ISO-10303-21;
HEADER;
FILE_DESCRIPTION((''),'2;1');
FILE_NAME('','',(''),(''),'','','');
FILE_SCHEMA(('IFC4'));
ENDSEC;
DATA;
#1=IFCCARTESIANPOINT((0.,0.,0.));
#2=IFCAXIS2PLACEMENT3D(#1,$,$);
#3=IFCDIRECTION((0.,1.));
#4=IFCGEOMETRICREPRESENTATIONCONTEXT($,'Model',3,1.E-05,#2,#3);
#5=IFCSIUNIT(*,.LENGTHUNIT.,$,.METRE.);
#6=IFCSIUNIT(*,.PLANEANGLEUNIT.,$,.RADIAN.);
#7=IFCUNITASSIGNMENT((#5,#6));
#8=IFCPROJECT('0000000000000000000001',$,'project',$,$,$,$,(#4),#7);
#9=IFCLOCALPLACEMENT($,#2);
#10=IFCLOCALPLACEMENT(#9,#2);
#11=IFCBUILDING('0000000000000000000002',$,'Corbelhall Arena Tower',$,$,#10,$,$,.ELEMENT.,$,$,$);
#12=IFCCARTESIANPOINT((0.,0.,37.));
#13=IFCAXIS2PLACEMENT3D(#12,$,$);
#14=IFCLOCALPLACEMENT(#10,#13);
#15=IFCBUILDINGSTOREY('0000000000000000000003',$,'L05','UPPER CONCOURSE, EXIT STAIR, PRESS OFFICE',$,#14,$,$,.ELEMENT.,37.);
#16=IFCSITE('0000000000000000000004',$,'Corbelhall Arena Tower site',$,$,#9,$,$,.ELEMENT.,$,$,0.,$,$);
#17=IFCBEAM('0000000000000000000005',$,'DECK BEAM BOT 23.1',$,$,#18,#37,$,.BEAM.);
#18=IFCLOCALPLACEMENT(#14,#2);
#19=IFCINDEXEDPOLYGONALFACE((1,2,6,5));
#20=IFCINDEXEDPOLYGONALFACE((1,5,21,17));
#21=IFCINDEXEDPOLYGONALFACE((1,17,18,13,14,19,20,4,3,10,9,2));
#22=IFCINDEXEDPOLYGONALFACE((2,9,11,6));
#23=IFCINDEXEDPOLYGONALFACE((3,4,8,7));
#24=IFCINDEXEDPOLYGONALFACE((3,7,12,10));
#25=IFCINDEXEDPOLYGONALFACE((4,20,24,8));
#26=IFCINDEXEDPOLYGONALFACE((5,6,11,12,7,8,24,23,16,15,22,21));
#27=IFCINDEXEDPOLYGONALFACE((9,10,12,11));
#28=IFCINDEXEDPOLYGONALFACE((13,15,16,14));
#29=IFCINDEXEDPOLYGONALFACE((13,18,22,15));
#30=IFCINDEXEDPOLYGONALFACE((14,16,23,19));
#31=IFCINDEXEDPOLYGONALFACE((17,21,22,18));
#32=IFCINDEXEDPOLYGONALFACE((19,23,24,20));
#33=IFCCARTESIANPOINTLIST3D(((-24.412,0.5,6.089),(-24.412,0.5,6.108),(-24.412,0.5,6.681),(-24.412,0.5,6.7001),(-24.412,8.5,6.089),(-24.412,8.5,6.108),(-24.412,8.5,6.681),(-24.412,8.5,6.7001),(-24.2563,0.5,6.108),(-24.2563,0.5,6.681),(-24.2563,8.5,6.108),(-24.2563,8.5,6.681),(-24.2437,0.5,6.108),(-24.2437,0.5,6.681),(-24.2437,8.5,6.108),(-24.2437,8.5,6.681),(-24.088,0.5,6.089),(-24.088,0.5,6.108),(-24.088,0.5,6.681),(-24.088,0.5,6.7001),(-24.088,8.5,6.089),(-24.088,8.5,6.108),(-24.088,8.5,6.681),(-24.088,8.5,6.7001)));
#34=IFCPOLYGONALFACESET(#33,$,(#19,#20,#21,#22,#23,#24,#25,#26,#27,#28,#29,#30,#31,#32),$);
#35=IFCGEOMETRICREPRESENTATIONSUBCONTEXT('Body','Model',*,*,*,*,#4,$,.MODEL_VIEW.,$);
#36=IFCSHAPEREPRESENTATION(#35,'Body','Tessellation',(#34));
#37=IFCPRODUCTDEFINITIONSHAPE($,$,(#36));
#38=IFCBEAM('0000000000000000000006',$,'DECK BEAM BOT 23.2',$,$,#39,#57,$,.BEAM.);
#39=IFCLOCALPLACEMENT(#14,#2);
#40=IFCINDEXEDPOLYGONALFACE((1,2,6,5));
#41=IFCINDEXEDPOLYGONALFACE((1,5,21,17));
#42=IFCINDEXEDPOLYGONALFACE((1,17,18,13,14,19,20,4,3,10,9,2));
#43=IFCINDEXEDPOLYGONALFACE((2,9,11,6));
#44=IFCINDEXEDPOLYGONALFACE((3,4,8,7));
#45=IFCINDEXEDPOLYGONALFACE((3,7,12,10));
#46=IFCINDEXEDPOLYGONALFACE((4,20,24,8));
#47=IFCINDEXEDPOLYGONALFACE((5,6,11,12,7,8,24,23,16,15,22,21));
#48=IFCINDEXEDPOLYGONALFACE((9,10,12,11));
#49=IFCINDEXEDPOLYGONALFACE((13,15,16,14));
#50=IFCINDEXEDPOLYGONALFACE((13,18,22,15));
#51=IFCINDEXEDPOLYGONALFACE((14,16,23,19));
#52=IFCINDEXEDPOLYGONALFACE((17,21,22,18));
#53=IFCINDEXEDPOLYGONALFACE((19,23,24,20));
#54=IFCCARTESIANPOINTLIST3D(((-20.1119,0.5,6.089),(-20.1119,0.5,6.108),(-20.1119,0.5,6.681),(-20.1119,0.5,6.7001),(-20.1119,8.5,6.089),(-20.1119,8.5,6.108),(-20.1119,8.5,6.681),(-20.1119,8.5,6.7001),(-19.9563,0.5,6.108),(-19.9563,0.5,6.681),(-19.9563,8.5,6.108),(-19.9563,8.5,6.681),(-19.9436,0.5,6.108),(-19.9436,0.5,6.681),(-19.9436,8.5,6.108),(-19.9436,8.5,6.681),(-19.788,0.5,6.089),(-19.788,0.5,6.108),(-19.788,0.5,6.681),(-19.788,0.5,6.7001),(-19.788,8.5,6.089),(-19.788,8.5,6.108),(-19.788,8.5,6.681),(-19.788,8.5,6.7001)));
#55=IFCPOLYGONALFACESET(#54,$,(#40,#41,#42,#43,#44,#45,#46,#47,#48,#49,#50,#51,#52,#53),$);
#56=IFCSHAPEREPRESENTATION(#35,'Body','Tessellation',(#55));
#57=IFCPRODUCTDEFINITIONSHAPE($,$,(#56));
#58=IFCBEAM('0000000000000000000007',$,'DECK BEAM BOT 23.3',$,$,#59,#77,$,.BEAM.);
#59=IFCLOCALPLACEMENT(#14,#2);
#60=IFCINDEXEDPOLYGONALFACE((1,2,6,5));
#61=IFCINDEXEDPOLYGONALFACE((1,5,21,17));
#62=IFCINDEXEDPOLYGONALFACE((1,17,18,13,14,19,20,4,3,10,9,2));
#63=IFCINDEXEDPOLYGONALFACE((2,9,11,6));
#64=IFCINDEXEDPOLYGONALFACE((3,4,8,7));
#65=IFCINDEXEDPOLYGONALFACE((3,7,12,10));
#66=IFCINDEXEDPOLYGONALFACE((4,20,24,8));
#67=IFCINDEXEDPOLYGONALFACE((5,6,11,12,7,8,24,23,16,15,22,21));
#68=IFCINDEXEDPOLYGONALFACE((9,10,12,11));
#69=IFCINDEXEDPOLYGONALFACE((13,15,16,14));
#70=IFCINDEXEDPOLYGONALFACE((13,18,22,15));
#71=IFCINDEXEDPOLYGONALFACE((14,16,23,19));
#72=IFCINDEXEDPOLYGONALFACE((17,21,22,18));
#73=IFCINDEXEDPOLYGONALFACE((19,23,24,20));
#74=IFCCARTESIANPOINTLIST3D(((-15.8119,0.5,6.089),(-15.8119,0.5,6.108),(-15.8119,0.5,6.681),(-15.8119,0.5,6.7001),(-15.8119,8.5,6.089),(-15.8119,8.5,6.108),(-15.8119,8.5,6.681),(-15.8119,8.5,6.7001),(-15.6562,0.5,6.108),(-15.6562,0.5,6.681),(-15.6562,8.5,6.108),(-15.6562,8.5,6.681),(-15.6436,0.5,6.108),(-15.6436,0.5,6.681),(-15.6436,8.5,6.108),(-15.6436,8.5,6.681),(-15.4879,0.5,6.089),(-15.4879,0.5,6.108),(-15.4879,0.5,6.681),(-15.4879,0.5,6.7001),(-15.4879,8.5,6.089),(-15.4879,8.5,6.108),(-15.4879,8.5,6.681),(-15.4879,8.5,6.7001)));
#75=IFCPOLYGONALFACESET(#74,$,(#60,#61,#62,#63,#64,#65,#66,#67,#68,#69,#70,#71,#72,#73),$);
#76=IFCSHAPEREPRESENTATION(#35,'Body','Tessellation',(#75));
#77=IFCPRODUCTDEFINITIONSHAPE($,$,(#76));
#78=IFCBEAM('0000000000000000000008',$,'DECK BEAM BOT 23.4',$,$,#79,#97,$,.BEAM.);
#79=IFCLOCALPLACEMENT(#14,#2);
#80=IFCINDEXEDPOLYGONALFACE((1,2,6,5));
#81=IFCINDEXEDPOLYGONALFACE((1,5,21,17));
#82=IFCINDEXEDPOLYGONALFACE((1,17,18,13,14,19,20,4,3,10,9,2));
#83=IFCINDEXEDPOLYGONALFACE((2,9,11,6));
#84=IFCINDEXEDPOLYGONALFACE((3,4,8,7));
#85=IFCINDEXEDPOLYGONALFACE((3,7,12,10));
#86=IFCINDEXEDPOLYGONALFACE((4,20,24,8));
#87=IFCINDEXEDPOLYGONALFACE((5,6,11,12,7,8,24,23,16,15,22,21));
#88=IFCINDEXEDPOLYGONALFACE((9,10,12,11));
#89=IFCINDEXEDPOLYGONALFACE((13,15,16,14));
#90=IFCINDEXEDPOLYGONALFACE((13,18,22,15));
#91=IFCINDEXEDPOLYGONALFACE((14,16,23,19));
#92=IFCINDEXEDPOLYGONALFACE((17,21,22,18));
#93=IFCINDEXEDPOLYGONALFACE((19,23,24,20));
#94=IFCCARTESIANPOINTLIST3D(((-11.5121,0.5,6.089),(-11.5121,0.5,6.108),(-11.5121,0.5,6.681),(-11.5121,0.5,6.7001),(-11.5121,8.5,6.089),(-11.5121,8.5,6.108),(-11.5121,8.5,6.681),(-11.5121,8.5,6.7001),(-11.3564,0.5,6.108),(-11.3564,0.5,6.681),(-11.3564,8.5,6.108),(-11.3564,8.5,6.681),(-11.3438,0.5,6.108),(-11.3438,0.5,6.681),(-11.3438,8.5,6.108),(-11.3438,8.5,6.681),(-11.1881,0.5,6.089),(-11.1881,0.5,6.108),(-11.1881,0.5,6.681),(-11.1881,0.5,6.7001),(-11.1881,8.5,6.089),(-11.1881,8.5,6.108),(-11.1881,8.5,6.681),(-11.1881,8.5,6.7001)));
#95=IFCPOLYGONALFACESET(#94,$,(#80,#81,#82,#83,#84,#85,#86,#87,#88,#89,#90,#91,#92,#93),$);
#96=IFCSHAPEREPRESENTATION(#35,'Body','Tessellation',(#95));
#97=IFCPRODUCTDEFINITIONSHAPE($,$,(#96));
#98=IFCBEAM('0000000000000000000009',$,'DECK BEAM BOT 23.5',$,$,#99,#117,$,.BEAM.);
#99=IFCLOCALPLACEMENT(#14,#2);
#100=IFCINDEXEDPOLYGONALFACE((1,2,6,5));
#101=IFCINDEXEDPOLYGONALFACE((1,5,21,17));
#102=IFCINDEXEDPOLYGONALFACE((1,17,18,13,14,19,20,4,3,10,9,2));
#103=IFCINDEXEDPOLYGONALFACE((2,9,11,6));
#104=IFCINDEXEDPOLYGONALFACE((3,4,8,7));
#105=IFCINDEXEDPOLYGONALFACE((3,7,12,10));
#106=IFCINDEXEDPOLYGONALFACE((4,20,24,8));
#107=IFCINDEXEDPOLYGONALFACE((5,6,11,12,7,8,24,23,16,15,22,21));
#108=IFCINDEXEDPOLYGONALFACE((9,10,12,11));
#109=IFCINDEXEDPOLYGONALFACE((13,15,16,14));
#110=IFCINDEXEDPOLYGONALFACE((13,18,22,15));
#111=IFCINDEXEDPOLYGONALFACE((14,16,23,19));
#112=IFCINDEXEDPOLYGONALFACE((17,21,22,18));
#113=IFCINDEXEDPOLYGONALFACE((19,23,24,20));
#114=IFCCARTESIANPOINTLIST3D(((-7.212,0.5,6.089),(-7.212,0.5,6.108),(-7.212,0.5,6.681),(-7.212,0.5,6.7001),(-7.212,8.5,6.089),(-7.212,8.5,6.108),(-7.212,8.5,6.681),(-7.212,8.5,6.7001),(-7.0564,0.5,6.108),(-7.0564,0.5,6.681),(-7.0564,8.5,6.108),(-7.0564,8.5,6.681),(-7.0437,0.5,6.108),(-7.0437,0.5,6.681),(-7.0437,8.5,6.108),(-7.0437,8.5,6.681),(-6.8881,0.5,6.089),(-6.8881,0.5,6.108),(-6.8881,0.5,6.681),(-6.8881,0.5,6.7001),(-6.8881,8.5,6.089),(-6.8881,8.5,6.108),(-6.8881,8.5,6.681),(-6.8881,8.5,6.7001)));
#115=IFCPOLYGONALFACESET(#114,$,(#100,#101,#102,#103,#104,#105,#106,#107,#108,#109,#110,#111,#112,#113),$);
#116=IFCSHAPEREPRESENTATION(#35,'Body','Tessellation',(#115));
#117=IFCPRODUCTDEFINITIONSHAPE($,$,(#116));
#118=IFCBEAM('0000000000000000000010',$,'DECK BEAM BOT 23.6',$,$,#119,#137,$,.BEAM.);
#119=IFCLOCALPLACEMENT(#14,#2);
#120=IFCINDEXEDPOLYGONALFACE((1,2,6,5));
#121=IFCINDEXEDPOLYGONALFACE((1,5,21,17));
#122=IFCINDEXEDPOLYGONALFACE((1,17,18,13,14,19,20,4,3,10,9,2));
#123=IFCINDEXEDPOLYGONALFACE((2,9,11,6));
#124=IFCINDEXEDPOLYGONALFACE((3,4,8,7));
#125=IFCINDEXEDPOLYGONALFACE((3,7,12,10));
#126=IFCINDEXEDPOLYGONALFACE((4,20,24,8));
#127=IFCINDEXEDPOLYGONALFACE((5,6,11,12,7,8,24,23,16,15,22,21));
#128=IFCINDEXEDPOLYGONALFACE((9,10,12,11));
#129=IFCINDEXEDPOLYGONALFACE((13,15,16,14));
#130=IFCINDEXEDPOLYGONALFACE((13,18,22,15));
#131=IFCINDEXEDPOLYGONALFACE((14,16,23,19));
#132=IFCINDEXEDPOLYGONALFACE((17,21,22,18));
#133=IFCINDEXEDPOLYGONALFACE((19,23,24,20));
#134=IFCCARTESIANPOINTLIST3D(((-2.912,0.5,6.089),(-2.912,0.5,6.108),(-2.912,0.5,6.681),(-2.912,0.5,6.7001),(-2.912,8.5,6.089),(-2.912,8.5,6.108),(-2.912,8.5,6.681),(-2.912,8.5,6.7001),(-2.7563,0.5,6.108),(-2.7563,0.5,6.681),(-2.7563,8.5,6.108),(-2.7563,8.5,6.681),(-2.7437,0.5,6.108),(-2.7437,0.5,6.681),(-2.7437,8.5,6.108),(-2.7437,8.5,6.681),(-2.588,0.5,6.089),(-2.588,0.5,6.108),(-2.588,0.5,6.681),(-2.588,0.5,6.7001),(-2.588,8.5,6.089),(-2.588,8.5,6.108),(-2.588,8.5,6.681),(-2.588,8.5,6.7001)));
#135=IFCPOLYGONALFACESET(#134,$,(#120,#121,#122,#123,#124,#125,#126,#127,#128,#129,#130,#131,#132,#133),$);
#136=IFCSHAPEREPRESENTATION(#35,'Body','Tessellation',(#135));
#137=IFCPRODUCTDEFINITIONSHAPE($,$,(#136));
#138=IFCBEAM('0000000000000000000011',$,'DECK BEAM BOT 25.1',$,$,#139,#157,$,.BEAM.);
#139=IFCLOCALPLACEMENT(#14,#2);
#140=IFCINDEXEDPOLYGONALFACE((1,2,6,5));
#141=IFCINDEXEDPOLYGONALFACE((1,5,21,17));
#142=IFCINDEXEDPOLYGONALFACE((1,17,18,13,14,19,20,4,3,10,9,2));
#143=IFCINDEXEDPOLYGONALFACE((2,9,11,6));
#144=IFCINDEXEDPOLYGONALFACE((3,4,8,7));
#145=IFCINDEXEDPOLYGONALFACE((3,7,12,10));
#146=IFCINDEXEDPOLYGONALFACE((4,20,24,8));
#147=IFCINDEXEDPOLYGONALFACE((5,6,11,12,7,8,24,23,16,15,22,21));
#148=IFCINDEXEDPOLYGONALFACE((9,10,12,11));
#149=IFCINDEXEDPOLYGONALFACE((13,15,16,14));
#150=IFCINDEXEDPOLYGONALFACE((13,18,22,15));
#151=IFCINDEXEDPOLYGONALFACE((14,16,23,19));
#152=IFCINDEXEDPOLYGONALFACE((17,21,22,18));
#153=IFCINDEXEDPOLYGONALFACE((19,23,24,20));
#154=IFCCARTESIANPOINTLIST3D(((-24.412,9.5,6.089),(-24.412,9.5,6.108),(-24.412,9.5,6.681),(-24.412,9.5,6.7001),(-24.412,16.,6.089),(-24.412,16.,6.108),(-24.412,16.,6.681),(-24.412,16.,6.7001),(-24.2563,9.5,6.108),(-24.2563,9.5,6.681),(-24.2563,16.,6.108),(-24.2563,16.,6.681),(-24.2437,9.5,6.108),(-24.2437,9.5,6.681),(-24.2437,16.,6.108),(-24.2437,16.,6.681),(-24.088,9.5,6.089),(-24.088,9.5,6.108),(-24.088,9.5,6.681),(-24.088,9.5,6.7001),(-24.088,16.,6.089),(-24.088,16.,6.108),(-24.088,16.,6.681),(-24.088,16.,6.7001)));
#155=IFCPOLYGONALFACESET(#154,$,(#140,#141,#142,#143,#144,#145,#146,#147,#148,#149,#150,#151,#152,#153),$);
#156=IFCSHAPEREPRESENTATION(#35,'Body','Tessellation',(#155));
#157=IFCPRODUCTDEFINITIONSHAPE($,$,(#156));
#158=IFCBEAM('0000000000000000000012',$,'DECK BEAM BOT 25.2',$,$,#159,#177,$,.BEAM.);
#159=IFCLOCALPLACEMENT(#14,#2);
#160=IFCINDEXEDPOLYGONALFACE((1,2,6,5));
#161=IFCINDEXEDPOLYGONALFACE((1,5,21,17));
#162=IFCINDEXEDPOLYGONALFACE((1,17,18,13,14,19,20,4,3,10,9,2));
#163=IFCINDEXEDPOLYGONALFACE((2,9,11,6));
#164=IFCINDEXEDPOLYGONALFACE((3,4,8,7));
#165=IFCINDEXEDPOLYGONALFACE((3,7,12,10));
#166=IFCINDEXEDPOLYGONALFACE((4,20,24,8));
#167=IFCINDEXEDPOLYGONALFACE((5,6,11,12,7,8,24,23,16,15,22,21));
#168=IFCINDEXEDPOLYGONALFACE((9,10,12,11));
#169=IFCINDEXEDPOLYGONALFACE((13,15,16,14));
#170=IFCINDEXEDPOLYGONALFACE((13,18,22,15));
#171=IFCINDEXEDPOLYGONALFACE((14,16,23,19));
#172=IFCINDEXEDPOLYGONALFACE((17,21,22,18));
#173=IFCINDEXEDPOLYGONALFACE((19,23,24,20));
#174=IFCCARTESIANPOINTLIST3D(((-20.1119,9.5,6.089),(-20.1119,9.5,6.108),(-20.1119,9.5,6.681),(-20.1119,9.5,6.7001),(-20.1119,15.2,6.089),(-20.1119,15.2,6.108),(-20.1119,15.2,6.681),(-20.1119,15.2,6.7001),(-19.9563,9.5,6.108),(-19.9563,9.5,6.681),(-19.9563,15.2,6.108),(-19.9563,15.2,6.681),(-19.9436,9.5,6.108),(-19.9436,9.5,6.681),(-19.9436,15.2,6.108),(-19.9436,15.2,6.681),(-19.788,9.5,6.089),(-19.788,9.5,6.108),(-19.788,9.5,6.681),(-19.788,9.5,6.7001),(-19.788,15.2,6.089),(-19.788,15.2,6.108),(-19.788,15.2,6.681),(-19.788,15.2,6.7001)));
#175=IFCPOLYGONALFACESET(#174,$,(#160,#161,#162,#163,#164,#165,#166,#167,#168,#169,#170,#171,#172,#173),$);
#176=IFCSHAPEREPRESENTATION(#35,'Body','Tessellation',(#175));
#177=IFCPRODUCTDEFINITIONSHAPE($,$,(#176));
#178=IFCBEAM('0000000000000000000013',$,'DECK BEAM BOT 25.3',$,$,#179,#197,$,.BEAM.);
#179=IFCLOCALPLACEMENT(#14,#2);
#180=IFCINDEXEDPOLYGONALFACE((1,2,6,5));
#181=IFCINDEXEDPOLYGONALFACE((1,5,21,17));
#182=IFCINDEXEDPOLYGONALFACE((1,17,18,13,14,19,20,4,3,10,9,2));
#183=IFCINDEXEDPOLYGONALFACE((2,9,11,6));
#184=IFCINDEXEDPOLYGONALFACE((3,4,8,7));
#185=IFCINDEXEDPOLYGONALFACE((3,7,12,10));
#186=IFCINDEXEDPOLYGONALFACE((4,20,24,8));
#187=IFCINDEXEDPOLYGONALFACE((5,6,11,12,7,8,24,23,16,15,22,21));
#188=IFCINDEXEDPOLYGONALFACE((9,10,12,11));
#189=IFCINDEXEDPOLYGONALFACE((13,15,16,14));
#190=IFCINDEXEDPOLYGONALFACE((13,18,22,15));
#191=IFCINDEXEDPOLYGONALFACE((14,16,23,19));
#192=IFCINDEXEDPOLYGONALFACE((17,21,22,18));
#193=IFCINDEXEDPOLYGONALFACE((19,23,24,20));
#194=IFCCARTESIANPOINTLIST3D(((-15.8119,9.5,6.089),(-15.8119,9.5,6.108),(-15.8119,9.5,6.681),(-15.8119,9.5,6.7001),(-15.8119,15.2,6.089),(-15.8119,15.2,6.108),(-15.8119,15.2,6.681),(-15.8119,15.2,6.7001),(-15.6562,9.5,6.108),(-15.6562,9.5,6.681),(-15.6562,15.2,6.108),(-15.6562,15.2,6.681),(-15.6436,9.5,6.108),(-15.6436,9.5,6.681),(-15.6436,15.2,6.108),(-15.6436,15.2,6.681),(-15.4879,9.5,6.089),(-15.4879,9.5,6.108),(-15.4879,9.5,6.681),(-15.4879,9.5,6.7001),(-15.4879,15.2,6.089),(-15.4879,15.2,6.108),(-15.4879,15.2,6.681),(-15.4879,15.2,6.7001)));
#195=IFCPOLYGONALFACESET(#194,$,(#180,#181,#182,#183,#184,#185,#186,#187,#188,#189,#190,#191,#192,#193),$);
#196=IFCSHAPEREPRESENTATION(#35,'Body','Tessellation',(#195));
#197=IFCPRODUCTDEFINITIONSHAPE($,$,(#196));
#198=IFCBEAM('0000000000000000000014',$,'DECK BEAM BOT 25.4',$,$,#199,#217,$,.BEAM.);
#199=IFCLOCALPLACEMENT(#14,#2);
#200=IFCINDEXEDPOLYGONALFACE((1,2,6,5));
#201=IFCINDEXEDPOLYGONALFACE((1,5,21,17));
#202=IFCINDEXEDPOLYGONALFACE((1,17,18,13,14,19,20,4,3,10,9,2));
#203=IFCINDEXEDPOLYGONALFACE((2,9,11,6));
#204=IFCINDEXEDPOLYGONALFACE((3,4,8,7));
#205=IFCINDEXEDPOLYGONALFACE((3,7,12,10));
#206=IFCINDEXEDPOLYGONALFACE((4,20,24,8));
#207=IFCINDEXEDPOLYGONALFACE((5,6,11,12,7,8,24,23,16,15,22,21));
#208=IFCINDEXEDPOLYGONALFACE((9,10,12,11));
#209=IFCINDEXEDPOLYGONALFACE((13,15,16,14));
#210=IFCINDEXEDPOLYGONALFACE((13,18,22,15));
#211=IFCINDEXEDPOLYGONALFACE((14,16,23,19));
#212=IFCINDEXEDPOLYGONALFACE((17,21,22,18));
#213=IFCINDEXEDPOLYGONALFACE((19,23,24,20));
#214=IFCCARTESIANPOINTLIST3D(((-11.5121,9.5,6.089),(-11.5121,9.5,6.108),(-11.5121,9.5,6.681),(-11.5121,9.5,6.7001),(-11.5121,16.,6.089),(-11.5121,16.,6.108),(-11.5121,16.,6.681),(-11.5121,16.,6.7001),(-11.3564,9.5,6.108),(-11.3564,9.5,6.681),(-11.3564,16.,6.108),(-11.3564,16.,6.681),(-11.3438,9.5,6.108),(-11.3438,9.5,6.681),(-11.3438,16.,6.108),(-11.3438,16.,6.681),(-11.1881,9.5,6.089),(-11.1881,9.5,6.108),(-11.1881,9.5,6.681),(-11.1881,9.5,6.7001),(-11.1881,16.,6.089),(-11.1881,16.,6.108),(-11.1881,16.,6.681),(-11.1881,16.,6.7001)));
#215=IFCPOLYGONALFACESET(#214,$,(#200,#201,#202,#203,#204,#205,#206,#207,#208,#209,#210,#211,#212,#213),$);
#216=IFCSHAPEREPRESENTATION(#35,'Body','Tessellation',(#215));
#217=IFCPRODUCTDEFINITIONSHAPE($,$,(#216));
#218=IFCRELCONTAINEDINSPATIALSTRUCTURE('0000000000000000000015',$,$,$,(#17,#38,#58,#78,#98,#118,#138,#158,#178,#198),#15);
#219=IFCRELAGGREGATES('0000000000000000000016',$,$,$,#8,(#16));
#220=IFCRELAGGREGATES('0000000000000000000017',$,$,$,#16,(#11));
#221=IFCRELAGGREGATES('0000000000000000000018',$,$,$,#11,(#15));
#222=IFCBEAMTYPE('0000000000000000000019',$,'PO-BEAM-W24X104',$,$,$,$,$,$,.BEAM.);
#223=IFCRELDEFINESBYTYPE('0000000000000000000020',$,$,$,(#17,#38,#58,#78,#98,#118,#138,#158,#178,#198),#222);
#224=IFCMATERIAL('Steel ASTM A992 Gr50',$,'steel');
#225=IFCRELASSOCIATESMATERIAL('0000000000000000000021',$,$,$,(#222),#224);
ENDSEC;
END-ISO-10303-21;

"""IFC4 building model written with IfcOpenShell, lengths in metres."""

from ifc_helpers import new_model, si_unit, direction, frame, origin, origin_2d, place, context, subcontext, project, spatial, i_section, extrude, material, material_profile, profile_set, type_object, element, save


model = new_model("IFC4")

# Units and contexts
model_context = context("Model", 3, precision=1e-05, world=origin(), true_north=direction((0.0, 1.0)))
body_context = subcontext(model_context, "Body", "Model", "MODEL_VIEW")
ifc_project = project(units=[si_unit("LENGTHUNIT", "METRE"), si_unit("PLANEANGLEUNIT", "RADIAN")], contexts=[model_context])

# Site, building, storey
site_placement = place(None, origin())
site = spatial("IfcSite", under=ifc_project, at=site_placement, Name="Corbelhall Arena Tower site", CompositionType="ELEMENT", RefElevation=0.0)
building_placement = place(site_placement, origin())
building = spatial("IfcBuilding", under=site, at=building_placement, Name="Corbelhall Arena Tower", CompositionType="ELEMENT")
storey_placement = place(building_placement, frame((0.0, 0.0, 37.0)))
storey = spatial("IfcBuildingStorey", under=building, at=storey_placement, Name="L05", Description="UPPER CONCOURSE, EXIT STAIR, PRESS OFFICE", CompositionType="ELEMENT", Elevation=37.0)

# Beams
ifc_material_1 = material(Name="Steel ASTM A992 Gr50", Category="steel")
ifc_material_profile_1 = material_profile(ifc_material_1, i_section(OverallWidth=0.324, OverallDepth=0.6111, WebThickness=0.0127, FlangeThickness=0.019, at=origin_2d()))
ifc_profile_set_1 = profile_set([ifc_material_profile_1], Name="Steel ASTM A992 Gr50")
beam_type = type_object("IfcBeamType", Name="PO-BEAM-W24X104", PredefinedType="BEAM", material=ifc_profile_set_1)
for number, where, z_axis, x_axis, name in (
    (1, (-24.25, 0.5, 6.3945), (0.0, 1.0, 0.0), (-1.0, 0.0, 0.0), "DECK BEAM BOT 23.1"),
    (2, (-19.95, 0.5, 6.3945), (0.0, 1.0, 0.0), (-1.0, 0.0, 0.0), "DECK BEAM BOT 23.2"),
    (3, (-15.6499, 0.5, 6.3945), (0.0, 1.0, 0.0), (-1.0, 0.0, 0.0), "DECK BEAM BOT 23.3"),
    (4, (-11.3501, 0.5, 6.3945), (0.0, 1.0, 0.0), (-1.0, 0.0, 0.0), "DECK BEAM BOT 23.4"),
    (5, (-7.05, 0.5, 6.3945), (0.0, 1.0, 0.0), (-1.0, 0.0, 0.0), "DECK BEAM BOT 23.5"),
    (6, (-2.75, 0.5, 6.3945), (0.0, 1.0, 0.0), (-1.0, 0.0, 0.0), "DECK BEAM BOT 23.6"),
):
    element("IfcBeam", number, at=place(storey_placement, frame(where, z_axis=z_axis, x_axis=x_axis)), inside=storey, type_object=beam_type, Name=name, PredefinedType="BEAM", context=body_context, shape_type="SweptSolid", body=[
        extrude(i_section(OverallWidth=0.324, OverallDepth=0.6111, WebThickness=0.0127, FlangeThickness=0.019, at=origin_2d()), origin(), (0.0, 0.0, 1.0), 8.0),
    ])
beam_placement = place(storey_placement, frame((-24.25, 9.5, 6.3945), z_axis=(0.0, 1.0, 0.0), x_axis=(-1.0, 0.0, 0.0)))
element("IfcBeam", 7, at=beam_placement, inside=storey, type_object=beam_type, Name="DECK BEAM BOT 25.1", PredefinedType="BEAM", context=body_context, shape_type="SweptSolid", body=[
    extrude(i_section(OverallWidth=0.324, OverallDepth=0.6111, WebThickness=0.0127, FlangeThickness=0.019, at=origin_2d()), origin(), (0.0, 0.0, 1.0), 6.5),
])
for number, where, z_axis, x_axis, name in (
    (8, (-19.95, 9.5, 6.3945), (0.0, 1.0, 0.0), (-1.0, 0.0, 0.0), "DECK BEAM BOT 25.2"),
    (9, (-15.6499, 9.5, 6.3945), (0.0, 1.0, 0.0), (-1.0, 0.0, 0.0), "DECK BEAM BOT 25.3"),
):
    element("IfcBeam", number, at=place(storey_placement, frame(where, z_axis=z_axis, x_axis=x_axis)), inside=storey, type_object=beam_type, Name=name, PredefinedType="BEAM", context=body_context, shape_type="SweptSolid", body=[
        extrude(i_section(OverallWidth=0.324, OverallDepth=0.6111, WebThickness=0.0127, FlangeThickness=0.019, at=origin_2d()), origin(), (0.0, 0.0, 1.0), 5.7),
    ])
for number, where, z_axis, x_axis, name in (
    (10, (-11.3501, 9.5, 6.3945), (0.0, 1.0, 0.0), (-1.0, 0.0, 0.0), "DECK BEAM BOT 25.4"),
):
    element("IfcBeam", number, at=place(storey_placement, frame(where, z_axis=z_axis, x_axis=x_axis)), inside=storey, type_object=beam_type, Name=name, PredefinedType="BEAM", context=body_context, shape_type="SweptSolid", body=[
        extrude(i_section(OverallWidth=0.324, OverallDepth=0.6111, WebThickness=0.0127, FlangeThickness=0.019, at=origin_2d()), origin(), (0.0, 0.0, 1.0), 6.5),
    ])

save(model, "model.ifc")
